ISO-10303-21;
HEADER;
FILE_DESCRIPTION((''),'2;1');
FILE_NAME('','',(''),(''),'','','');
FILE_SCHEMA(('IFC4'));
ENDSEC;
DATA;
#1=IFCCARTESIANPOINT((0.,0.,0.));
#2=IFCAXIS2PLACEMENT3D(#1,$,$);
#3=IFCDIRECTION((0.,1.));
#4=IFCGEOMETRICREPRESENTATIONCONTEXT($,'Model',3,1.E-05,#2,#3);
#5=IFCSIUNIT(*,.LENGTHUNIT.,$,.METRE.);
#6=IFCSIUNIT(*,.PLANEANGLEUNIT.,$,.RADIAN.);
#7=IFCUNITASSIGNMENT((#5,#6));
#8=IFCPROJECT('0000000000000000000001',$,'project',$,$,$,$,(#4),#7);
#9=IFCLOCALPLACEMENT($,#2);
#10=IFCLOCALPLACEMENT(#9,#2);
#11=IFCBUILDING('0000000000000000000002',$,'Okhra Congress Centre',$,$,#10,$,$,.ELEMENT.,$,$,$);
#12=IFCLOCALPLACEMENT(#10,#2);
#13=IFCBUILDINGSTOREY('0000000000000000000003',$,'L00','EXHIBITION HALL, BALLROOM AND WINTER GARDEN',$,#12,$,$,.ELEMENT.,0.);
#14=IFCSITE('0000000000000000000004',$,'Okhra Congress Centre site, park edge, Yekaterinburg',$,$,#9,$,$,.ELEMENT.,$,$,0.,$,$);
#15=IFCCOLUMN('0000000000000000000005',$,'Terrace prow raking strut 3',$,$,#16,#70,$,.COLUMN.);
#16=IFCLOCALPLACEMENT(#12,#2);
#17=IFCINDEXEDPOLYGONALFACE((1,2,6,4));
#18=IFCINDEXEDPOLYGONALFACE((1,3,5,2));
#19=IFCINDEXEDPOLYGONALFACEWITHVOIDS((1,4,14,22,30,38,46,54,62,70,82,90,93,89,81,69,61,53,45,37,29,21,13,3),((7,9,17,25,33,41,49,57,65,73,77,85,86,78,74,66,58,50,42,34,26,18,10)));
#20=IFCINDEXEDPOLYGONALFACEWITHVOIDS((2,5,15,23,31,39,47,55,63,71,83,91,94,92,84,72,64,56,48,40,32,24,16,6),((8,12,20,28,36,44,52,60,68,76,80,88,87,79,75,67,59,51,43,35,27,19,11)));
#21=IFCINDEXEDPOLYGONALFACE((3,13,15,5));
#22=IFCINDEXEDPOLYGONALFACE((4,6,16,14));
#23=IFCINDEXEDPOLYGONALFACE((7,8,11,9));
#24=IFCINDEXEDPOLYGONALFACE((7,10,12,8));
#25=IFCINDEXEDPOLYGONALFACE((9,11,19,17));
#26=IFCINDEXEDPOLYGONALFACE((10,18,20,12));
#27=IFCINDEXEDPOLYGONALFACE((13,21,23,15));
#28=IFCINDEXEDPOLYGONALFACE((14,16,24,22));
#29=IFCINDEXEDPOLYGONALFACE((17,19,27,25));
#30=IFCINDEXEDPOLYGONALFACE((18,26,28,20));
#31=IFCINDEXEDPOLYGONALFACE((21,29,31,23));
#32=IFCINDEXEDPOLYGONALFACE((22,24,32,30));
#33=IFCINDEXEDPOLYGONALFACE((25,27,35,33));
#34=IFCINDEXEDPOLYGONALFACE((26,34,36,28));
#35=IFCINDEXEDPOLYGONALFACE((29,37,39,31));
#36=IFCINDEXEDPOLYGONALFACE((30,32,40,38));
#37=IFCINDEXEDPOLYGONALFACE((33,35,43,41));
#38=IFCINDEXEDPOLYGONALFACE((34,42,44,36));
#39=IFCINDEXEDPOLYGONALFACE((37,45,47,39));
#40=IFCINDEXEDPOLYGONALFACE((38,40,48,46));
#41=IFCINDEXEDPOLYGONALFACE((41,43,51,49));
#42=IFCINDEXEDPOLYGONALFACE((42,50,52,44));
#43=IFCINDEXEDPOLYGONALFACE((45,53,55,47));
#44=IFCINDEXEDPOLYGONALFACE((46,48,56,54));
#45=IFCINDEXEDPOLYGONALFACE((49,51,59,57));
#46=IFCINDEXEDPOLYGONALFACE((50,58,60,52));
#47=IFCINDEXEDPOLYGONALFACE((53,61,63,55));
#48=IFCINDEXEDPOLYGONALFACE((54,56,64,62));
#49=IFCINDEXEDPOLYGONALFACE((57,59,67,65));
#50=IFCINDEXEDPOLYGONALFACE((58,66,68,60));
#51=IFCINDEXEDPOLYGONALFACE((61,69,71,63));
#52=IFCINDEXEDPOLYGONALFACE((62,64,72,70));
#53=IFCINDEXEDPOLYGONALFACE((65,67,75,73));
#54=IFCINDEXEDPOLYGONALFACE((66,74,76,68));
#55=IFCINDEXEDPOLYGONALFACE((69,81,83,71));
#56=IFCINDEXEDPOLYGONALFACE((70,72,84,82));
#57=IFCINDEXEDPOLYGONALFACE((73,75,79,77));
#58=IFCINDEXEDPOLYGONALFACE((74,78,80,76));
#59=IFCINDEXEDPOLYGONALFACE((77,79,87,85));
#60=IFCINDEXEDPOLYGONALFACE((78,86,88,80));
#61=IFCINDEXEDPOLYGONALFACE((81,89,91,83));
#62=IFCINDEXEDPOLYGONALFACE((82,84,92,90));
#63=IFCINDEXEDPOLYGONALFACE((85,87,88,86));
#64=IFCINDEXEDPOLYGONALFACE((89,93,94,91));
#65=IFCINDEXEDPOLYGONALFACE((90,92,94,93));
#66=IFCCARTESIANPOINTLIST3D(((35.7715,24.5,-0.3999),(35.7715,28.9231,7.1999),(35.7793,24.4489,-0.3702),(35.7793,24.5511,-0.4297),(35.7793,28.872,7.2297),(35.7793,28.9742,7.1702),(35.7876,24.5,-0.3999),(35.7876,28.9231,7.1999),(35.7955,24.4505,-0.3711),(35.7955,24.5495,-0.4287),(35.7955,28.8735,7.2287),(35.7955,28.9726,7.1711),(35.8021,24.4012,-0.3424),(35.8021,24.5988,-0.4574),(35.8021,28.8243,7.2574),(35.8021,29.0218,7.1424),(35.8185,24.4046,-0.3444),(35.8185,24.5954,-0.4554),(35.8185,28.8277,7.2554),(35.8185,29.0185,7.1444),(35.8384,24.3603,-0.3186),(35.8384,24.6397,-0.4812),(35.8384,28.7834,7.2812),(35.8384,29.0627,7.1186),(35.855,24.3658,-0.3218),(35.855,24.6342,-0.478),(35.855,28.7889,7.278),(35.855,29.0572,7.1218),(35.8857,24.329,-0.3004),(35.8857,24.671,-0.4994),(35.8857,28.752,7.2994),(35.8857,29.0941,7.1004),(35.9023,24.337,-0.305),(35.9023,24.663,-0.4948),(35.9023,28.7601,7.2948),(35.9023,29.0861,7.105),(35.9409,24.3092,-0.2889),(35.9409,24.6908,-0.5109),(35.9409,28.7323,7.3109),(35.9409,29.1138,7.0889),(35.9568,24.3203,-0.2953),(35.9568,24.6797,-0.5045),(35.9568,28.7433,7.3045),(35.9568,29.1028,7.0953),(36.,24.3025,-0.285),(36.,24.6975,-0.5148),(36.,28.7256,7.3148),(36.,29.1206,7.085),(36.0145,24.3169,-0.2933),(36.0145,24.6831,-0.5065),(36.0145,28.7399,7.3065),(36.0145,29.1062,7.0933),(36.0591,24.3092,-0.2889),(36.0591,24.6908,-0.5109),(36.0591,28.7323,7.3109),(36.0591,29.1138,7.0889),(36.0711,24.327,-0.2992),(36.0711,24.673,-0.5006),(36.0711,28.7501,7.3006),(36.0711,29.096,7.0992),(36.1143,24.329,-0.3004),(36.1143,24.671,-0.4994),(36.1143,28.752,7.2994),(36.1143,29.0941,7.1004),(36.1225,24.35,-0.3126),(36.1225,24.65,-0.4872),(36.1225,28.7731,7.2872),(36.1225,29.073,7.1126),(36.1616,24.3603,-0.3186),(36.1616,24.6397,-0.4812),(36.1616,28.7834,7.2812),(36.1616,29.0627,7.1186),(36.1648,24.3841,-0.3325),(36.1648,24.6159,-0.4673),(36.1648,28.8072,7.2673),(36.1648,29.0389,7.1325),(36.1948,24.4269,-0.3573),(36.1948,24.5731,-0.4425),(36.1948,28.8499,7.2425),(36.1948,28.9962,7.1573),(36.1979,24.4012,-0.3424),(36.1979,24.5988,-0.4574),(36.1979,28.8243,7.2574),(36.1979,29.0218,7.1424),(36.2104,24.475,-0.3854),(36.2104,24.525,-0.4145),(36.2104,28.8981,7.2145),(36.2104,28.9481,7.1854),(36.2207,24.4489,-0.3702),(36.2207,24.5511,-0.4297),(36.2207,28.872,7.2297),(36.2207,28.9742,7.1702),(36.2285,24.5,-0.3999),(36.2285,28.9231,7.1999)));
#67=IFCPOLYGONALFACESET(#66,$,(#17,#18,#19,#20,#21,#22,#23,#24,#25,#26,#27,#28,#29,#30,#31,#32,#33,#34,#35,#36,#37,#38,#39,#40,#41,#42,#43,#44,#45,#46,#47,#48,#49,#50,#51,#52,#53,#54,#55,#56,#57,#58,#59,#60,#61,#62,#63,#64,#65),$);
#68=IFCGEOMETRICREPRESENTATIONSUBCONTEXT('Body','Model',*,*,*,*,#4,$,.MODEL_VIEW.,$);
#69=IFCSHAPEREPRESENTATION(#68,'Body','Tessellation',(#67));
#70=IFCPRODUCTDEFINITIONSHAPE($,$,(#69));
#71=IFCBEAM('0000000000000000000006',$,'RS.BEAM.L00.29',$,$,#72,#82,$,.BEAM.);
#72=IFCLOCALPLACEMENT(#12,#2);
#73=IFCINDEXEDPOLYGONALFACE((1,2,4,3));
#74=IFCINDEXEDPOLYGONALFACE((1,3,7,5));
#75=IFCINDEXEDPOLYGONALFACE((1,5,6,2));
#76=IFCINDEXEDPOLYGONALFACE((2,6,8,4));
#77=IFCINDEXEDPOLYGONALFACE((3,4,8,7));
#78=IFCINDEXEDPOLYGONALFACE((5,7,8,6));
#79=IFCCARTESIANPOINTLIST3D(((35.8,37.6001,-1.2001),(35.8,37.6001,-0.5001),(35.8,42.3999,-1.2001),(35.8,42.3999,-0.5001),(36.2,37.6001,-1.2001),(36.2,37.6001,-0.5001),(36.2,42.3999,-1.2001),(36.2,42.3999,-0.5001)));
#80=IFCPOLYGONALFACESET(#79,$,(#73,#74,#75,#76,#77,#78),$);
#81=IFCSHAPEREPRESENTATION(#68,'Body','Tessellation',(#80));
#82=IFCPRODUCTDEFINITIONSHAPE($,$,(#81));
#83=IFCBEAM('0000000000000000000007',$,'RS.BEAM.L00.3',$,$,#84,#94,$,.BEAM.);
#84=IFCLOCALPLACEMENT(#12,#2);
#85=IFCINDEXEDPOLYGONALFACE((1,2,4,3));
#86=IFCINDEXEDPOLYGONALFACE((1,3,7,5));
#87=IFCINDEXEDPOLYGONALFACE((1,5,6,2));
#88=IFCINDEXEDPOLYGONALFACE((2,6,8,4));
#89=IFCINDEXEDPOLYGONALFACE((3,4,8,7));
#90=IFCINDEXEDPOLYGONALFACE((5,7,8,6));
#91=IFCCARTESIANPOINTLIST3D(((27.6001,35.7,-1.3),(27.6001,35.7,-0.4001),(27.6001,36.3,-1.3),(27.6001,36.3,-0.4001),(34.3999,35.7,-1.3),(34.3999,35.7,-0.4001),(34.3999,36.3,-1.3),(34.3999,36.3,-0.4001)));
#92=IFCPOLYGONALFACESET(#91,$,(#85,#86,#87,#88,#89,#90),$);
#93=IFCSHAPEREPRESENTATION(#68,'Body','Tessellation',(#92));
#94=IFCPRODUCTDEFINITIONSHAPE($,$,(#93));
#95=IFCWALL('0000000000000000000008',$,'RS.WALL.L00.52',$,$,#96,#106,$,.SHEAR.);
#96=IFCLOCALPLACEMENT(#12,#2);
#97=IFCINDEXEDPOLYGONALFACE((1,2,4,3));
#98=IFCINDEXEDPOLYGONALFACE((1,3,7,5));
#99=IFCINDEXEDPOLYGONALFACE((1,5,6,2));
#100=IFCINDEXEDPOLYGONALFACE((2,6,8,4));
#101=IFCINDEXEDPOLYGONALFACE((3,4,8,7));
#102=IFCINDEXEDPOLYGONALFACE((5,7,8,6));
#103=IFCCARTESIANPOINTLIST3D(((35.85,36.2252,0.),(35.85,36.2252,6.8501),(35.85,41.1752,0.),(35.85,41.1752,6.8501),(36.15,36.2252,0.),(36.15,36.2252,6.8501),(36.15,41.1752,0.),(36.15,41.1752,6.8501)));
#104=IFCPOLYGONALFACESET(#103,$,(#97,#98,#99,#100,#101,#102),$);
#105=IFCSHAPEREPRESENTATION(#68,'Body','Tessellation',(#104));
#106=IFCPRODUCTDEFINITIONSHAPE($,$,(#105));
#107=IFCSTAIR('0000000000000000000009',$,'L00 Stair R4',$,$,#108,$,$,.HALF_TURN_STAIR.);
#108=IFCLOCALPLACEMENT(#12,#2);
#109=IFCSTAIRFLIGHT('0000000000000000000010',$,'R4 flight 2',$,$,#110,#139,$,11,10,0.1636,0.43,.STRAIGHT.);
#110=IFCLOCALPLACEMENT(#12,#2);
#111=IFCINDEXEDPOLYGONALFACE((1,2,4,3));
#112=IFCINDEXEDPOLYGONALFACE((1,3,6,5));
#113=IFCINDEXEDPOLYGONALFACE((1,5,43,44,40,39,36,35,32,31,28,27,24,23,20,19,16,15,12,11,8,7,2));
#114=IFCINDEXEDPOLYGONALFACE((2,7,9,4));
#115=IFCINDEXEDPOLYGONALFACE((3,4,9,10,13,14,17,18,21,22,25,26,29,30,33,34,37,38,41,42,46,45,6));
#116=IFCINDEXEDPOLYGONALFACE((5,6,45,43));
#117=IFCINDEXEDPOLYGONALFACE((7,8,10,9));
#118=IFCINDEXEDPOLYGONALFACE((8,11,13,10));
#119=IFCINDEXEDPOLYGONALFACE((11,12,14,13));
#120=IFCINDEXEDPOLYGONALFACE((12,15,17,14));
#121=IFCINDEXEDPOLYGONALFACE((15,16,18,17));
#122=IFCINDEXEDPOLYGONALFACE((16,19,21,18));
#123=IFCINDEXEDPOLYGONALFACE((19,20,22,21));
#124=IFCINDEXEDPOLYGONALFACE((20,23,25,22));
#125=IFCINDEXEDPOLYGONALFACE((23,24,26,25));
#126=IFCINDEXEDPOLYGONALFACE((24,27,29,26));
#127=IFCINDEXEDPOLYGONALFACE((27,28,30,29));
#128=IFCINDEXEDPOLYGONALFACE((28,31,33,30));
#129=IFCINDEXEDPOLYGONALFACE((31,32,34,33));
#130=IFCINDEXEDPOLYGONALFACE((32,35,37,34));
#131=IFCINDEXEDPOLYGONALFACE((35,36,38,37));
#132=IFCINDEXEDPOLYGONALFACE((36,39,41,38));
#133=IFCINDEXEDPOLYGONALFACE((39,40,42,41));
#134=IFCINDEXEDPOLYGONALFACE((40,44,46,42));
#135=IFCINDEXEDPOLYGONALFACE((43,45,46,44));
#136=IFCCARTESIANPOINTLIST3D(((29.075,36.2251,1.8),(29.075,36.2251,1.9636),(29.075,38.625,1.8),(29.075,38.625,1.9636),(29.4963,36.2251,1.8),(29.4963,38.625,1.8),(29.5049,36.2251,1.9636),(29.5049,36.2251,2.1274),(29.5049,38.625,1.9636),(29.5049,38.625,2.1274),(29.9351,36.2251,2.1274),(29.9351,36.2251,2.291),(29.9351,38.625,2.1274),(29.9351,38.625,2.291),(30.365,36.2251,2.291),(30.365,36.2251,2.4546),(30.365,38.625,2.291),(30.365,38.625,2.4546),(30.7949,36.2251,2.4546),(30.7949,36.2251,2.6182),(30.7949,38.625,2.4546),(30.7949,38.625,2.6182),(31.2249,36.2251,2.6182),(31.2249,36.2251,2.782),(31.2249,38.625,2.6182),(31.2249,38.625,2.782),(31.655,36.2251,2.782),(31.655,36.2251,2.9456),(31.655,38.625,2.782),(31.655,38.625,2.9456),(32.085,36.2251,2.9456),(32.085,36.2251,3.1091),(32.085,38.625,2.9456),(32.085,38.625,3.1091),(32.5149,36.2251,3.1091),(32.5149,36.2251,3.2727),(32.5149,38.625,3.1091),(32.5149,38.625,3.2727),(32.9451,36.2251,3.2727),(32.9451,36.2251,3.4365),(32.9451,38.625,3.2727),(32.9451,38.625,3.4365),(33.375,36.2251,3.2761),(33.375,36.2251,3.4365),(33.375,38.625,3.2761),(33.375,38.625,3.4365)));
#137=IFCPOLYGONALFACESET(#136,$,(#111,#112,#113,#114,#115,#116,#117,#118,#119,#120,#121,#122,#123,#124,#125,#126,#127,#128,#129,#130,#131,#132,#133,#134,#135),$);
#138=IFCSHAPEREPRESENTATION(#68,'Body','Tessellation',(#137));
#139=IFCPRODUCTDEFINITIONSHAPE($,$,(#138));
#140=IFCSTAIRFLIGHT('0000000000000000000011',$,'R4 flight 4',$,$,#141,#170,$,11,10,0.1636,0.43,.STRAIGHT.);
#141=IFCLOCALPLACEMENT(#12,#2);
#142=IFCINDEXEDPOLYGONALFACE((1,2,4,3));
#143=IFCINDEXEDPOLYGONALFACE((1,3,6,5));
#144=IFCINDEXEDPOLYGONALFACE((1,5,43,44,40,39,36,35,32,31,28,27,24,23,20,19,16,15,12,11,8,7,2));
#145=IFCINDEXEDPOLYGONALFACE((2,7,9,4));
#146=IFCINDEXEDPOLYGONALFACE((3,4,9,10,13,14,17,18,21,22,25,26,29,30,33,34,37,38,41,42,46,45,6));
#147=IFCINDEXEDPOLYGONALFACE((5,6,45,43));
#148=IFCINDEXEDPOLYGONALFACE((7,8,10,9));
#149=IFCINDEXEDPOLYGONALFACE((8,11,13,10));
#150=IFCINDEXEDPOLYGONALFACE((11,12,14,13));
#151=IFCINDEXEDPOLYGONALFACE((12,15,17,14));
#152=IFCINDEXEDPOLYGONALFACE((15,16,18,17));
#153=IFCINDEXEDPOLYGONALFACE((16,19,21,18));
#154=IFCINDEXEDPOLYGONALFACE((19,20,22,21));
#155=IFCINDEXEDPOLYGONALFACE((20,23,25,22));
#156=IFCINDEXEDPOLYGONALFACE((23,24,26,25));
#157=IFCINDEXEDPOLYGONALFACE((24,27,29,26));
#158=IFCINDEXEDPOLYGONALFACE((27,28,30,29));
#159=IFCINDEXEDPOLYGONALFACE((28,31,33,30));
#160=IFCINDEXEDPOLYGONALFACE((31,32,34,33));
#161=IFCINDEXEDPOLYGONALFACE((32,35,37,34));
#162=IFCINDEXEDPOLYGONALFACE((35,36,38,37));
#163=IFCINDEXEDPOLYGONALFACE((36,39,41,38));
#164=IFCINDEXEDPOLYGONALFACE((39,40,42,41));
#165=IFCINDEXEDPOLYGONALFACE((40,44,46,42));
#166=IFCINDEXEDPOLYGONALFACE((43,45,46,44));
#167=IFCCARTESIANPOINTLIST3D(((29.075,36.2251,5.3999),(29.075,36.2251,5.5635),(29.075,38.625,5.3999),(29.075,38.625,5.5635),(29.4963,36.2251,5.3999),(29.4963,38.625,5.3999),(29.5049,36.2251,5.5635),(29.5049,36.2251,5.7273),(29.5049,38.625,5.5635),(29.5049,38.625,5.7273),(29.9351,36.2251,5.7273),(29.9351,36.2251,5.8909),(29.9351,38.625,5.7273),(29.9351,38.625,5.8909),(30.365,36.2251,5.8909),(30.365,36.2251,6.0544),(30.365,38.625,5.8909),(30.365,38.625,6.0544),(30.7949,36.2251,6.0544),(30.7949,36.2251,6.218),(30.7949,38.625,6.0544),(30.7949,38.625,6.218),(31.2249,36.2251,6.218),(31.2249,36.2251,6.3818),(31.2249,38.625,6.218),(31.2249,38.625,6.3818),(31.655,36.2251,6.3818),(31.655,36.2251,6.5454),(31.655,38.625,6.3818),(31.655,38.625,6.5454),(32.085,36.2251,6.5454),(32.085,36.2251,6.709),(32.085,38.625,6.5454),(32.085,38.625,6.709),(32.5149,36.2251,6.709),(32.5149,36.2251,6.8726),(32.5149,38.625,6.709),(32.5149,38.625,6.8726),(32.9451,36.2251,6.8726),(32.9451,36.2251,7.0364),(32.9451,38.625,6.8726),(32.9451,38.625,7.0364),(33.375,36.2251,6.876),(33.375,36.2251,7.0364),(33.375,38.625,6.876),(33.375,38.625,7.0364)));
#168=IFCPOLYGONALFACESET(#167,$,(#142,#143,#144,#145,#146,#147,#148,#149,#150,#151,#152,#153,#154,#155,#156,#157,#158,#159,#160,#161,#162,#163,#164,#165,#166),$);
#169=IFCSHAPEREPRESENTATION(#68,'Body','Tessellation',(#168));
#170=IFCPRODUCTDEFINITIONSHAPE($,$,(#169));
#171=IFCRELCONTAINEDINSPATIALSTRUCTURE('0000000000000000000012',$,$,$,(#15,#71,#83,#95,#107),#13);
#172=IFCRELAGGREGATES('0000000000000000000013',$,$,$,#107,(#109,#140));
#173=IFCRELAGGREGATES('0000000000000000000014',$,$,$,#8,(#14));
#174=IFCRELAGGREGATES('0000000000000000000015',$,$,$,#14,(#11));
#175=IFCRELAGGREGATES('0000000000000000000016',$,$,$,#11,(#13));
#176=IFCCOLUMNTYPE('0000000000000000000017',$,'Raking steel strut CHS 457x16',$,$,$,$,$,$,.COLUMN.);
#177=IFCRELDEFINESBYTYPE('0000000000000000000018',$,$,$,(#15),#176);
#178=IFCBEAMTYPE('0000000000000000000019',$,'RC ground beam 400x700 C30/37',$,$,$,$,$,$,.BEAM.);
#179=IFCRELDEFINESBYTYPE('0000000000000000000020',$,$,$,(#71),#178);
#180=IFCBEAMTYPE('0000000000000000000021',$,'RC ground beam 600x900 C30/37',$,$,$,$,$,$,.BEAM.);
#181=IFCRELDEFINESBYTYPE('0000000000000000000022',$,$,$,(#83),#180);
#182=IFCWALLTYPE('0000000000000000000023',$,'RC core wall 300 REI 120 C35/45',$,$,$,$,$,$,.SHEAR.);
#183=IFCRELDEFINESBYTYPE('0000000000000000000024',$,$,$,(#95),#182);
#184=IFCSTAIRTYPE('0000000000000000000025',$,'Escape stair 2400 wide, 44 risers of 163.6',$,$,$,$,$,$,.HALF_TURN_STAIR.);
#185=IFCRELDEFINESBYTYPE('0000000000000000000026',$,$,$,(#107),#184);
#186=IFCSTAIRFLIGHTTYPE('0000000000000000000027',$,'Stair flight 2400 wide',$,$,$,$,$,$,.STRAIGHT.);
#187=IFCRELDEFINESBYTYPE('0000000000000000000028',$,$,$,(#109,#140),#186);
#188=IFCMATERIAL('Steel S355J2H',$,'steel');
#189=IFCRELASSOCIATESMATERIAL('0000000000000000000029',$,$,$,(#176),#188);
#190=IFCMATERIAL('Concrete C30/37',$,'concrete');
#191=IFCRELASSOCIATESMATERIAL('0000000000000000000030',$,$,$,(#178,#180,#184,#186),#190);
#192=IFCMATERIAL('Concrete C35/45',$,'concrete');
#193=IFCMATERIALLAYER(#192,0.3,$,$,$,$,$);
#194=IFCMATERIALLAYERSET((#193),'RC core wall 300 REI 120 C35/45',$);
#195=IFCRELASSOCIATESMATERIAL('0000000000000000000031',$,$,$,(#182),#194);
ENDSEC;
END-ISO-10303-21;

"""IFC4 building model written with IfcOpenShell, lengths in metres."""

from ifc_helpers import new_model, si_unit, direction, frame, frame_2d, origin, origin_2d, place, context, subcontext, project, spatial, polyline, rectangle, hollow_circle, outline, extrude, material, layer, layer_set, material_profile, profile_set, type_object, element, aggregate, save


model = new_model("IFC4")

# Units and contexts
model_context = context("Model", 3, precision=1e-05, world=origin(), true_north=direction((0.0, 1.0)))
body_context = subcontext(model_context, "Body", "Model", "MODEL_VIEW")
ifc_project = project(units=[si_unit("LENGTHUNIT", "METRE"), si_unit("PLANEANGLEUNIT", "RADIAN")], contexts=[model_context])

# Site, building, storey
site_placement = place(None, origin())
site = spatial("IfcSite", under=ifc_project, at=site_placement, Name="Okhra Congress Centre site, park edge, Yekaterinburg", CompositionType="ELEMENT", RefElevation=0.0)
building_placement = place(site_placement, origin())
building = spatial("IfcBuilding", under=site, at=building_placement, Name="Okhra Congress Centre", CompositionType="ELEMENT")
storey_placement = place(building_placement, origin())
storey = spatial("IfcBuildingStorey", under=building, at=storey_placement, Name="L00", Description="EXHIBITION HALL, BALLROOM AND WINTER GARDEN", CompositionType="ELEMENT", Elevation=0.0)

# Shared definitions
ifc_material_1 = material(Name="Concrete C30/37", Category="concrete")

# Column
ifc_material_2 = material(Name="Concrete C35/45", Category="concrete")
ifc_material_3 = material(Name="Steel S355J2H", Category="steel")
ifc_material_profile_1 = material_profile(ifc_material_3, hollow_circle(Radius=0.2285, WallThickness=0.0161, at=origin_2d()), Name="CHS 457x16")
ifc_profile_set_1 = profile_set([ifc_material_profile_1], Name="Steel S355J2H")
column_type_1 = type_object("IfcColumnType", Name="Raking steel strut CHS 457x16", PredefinedType="COLUMN", material=ifc_profile_set_1)
column_1_placement = place(storey_placement, frame((36.0, 24.5, -0.3999), z_axis=(0.0, 0.503009, 0.864281), x_axis=(-1.0, 0.0, 0.0)))
element("IfcColumn", 1, at=column_1_placement, inside=storey, type_object=column_type_1, Name="Terrace prow raking strut 3", PredefinedType="COLUMN", context=body_context, shape_type="SweptSolid", body=[
    extrude(hollow_circle(Radius=0.2285, WallThickness=0.0161, at=origin_2d()), origin(), (0.0, 0.0, 1.0), 8.7932),
])

# Beams
ifc_material_profile_2 = material_profile(ifc_material_1, rectangle(XDim=0.3999, YDim=0.7, at=origin_2d()), Name="RC 400x700")
ifc_profile_set_2 = profile_set([ifc_material_profile_2], Name="Concrete C30/37")
beam_type_1 = type_object("IfcBeamType", Name="RC ground beam 400x700 C30/37", PredefinedType="BEAM", material=ifc_profile_set_2)
beam_1_placement = place(storey_placement, frame((36.0, 37.6001, -0.8501), z_axis=(0.0, 1.0, 0.0), x_axis=(-1.0, 0.0, 0.0)))
element("IfcBeam", 2, at=beam_1_placement, inside=storey, type_object=beam_type_1, Name="RS.BEAM.L00.29", PredefinedType="BEAM", context=body_context, shape_type="SweptSolid", body=[
    extrude(rectangle(XDim=0.3999, YDim=0.7, at=origin_2d()), origin(), (0.0, 0.0, 1.0), 4.7998),
])
ifc_material_profile_3 = material_profile(ifc_material_1, rectangle(XDim=0.6001, YDim=0.8999, at=origin_2d()), Name="RC 600x900")
ifc_profile_set_3 = profile_set([ifc_material_profile_3], Name="Concrete C30/37")
beam_type_2 = type_object("IfcBeamType", Name="RC ground beam 600x900 C30/37", PredefinedType="BEAM", material=ifc_profile_set_3)
beam_2_placement = place(storey_placement, frame((27.6001, 36.0, -0.8501), z_axis=(1.0, 0.0, 0.0), x_axis=(0.0, 1.0, 0.0)))
element("IfcBeam", 3, at=beam_2_placement, inside=storey, type_object=beam_type_2, Name="RS.BEAM.L00.3", PredefinedType="BEAM", context=body_context, shape_type="SweptSolid", body=[
    extrude(rectangle(XDim=0.6001, YDim=0.8999, at=origin_2d()), origin(), (0.0, 0.0, 1.0), 6.7998),
])

# Wall
ifc_layer_1 = layer(ifc_material_2, 0.3)
ifc_layer_set_1 = layer_set([ifc_layer_1], Name="RC core wall 300 REI 120 C35/45")
wall_type_1 = type_object("IfcWallType", Name="RC core wall 300 REI 120 C35/45", PredefinedType="SHEAR", material=ifc_layer_set_1)
wall_1_placement = place(storey_placement, frame((36.0, 36.2251, 0.0), z_axis=(0.0, 0.0, 1.0), x_axis=(0.0, 1.0, 0.0)))
element("IfcWall", 4, at=wall_1_placement, inside=storey, type_object=wall_type_1, Name="RS.WALL.L00.52", PredefinedType="SHEAR", context=body_context, shape_type="SweptSolid", body=[
    extrude(rectangle(XDim=4.95, YDim=0.3, at=frame_2d((2.4751, 0.0))), origin(), (0.0, 0.0, 1.0), 6.8501),
])

# Stair, stair flights
stair_type = type_object("IfcStairType", Name="Escape stair 2400 wide, 44 risers of 163.6", PredefinedType="HALF_TURN_STAIR", material=ifc_material_1)
stair_placement = place(storey_placement, origin())
stair = element("IfcStair", 5, at=stair_placement, inside=storey, type_object=stair_type, Name="L00 Stair R4", PredefinedType="HALF_TURN_STAIR")
stair_flight_type = type_object("IfcStairFlightType", Name="Stair flight 2400 wide", PredefinedType="STRAIGHT", material=ifc_material_1)
stair_flight_1_placement = place(storey_placement, frame((29.075, 37.425, 1.8), z_axis=(0.0, 0.0, 1.0), x_axis=(1.0, 0.0, 0.0)))
stair_flight_1 = element("IfcStairFlight", 6, at=stair_flight_1_placement, type_object=stair_flight_type, Name="R4 flight 2", NumberOfRisers=11, NumberOfTreads=10, PredefinedType="STRAIGHT", RiserHeight=0.1636, TreadLength=0.43, context=body_context, shape_type="SweptSolid", body=[
    extrude(outline(polyline([(0.0, 0.0), (0.0, 0.1636), (0.4299, 0.1636), (0.4299, 0.3274), (0.8601, 0.3274), (0.8601, 0.491), (1.29, 0.491), (1.29, 0.6545), (1.72, 0.6545), (1.72, 0.8181), (2.1499, 0.8181), (2.1499, 0.9819), (2.5801, 0.9819), (2.5801, 1.1455), (3.01, 1.1455), (3.01, 1.3091), (3.4399, 1.3091), (3.4399, 1.4727), (3.8701, 1.4727), (3.8701, 1.6365), (4.3, 1.6365), (4.3, 1.8), (4.3, 1.4761), (0.4214, 0.0), (0.0, 0.0)])), frame((0.0, 1.2, 0.0), z_axis=(0.0, -1.0, 0.0), x_axis=(1.0, 0.0, 0.0)), (0.0, 0.0, 1.0), 2.3999),
])
stair_flight_2_placement = place(storey_placement, frame((29.075, 37.425, 5.3999), z_axis=(0.0, 0.0, 1.0), x_axis=(1.0, 0.0, 0.0)))
stair_flight_2 = element("IfcStairFlight", 7, at=stair_flight_2_placement, type_object=stair_flight_type, Name="R4 flight 4", NumberOfRisers=11, NumberOfTreads=10, PredefinedType="STRAIGHT", RiserHeight=0.1636, TreadLength=0.43, context=body_context, shape_type="SweptSolid", body=[
    extrude(outline(polyline([(0.0, 0.0), (0.0, 0.1636), (0.4299, 0.1636), (0.4299, 0.3274), (0.8601, 0.3274), (0.8601, 0.491), (1.29, 0.491), (1.29, 0.6545), (1.72, 0.6545), (1.72, 0.8181), (2.1499, 0.8181), (2.1499, 0.9819), (2.5801, 0.9819), (2.5801, 1.1455), (3.01, 1.1455), (3.01, 1.3091), (3.4399, 1.3091), (3.4399, 1.4727), (3.8701, 1.4727), (3.8701, 1.6365), (4.3, 1.6365), (4.3, 1.8), (4.3, 1.4761), (0.4214, 0.0), (0.0, 0.0)])), frame((0.0, 1.2, 0.0), z_axis=(0.0, -1.0, 0.0), x_axis=(1.0, 0.0, 0.0)), (0.0, 0.0, 1.0), 2.3999),
])
aggregate(stair, [stair_flight_1, stair_flight_2])

save(model, "model.ifc")
